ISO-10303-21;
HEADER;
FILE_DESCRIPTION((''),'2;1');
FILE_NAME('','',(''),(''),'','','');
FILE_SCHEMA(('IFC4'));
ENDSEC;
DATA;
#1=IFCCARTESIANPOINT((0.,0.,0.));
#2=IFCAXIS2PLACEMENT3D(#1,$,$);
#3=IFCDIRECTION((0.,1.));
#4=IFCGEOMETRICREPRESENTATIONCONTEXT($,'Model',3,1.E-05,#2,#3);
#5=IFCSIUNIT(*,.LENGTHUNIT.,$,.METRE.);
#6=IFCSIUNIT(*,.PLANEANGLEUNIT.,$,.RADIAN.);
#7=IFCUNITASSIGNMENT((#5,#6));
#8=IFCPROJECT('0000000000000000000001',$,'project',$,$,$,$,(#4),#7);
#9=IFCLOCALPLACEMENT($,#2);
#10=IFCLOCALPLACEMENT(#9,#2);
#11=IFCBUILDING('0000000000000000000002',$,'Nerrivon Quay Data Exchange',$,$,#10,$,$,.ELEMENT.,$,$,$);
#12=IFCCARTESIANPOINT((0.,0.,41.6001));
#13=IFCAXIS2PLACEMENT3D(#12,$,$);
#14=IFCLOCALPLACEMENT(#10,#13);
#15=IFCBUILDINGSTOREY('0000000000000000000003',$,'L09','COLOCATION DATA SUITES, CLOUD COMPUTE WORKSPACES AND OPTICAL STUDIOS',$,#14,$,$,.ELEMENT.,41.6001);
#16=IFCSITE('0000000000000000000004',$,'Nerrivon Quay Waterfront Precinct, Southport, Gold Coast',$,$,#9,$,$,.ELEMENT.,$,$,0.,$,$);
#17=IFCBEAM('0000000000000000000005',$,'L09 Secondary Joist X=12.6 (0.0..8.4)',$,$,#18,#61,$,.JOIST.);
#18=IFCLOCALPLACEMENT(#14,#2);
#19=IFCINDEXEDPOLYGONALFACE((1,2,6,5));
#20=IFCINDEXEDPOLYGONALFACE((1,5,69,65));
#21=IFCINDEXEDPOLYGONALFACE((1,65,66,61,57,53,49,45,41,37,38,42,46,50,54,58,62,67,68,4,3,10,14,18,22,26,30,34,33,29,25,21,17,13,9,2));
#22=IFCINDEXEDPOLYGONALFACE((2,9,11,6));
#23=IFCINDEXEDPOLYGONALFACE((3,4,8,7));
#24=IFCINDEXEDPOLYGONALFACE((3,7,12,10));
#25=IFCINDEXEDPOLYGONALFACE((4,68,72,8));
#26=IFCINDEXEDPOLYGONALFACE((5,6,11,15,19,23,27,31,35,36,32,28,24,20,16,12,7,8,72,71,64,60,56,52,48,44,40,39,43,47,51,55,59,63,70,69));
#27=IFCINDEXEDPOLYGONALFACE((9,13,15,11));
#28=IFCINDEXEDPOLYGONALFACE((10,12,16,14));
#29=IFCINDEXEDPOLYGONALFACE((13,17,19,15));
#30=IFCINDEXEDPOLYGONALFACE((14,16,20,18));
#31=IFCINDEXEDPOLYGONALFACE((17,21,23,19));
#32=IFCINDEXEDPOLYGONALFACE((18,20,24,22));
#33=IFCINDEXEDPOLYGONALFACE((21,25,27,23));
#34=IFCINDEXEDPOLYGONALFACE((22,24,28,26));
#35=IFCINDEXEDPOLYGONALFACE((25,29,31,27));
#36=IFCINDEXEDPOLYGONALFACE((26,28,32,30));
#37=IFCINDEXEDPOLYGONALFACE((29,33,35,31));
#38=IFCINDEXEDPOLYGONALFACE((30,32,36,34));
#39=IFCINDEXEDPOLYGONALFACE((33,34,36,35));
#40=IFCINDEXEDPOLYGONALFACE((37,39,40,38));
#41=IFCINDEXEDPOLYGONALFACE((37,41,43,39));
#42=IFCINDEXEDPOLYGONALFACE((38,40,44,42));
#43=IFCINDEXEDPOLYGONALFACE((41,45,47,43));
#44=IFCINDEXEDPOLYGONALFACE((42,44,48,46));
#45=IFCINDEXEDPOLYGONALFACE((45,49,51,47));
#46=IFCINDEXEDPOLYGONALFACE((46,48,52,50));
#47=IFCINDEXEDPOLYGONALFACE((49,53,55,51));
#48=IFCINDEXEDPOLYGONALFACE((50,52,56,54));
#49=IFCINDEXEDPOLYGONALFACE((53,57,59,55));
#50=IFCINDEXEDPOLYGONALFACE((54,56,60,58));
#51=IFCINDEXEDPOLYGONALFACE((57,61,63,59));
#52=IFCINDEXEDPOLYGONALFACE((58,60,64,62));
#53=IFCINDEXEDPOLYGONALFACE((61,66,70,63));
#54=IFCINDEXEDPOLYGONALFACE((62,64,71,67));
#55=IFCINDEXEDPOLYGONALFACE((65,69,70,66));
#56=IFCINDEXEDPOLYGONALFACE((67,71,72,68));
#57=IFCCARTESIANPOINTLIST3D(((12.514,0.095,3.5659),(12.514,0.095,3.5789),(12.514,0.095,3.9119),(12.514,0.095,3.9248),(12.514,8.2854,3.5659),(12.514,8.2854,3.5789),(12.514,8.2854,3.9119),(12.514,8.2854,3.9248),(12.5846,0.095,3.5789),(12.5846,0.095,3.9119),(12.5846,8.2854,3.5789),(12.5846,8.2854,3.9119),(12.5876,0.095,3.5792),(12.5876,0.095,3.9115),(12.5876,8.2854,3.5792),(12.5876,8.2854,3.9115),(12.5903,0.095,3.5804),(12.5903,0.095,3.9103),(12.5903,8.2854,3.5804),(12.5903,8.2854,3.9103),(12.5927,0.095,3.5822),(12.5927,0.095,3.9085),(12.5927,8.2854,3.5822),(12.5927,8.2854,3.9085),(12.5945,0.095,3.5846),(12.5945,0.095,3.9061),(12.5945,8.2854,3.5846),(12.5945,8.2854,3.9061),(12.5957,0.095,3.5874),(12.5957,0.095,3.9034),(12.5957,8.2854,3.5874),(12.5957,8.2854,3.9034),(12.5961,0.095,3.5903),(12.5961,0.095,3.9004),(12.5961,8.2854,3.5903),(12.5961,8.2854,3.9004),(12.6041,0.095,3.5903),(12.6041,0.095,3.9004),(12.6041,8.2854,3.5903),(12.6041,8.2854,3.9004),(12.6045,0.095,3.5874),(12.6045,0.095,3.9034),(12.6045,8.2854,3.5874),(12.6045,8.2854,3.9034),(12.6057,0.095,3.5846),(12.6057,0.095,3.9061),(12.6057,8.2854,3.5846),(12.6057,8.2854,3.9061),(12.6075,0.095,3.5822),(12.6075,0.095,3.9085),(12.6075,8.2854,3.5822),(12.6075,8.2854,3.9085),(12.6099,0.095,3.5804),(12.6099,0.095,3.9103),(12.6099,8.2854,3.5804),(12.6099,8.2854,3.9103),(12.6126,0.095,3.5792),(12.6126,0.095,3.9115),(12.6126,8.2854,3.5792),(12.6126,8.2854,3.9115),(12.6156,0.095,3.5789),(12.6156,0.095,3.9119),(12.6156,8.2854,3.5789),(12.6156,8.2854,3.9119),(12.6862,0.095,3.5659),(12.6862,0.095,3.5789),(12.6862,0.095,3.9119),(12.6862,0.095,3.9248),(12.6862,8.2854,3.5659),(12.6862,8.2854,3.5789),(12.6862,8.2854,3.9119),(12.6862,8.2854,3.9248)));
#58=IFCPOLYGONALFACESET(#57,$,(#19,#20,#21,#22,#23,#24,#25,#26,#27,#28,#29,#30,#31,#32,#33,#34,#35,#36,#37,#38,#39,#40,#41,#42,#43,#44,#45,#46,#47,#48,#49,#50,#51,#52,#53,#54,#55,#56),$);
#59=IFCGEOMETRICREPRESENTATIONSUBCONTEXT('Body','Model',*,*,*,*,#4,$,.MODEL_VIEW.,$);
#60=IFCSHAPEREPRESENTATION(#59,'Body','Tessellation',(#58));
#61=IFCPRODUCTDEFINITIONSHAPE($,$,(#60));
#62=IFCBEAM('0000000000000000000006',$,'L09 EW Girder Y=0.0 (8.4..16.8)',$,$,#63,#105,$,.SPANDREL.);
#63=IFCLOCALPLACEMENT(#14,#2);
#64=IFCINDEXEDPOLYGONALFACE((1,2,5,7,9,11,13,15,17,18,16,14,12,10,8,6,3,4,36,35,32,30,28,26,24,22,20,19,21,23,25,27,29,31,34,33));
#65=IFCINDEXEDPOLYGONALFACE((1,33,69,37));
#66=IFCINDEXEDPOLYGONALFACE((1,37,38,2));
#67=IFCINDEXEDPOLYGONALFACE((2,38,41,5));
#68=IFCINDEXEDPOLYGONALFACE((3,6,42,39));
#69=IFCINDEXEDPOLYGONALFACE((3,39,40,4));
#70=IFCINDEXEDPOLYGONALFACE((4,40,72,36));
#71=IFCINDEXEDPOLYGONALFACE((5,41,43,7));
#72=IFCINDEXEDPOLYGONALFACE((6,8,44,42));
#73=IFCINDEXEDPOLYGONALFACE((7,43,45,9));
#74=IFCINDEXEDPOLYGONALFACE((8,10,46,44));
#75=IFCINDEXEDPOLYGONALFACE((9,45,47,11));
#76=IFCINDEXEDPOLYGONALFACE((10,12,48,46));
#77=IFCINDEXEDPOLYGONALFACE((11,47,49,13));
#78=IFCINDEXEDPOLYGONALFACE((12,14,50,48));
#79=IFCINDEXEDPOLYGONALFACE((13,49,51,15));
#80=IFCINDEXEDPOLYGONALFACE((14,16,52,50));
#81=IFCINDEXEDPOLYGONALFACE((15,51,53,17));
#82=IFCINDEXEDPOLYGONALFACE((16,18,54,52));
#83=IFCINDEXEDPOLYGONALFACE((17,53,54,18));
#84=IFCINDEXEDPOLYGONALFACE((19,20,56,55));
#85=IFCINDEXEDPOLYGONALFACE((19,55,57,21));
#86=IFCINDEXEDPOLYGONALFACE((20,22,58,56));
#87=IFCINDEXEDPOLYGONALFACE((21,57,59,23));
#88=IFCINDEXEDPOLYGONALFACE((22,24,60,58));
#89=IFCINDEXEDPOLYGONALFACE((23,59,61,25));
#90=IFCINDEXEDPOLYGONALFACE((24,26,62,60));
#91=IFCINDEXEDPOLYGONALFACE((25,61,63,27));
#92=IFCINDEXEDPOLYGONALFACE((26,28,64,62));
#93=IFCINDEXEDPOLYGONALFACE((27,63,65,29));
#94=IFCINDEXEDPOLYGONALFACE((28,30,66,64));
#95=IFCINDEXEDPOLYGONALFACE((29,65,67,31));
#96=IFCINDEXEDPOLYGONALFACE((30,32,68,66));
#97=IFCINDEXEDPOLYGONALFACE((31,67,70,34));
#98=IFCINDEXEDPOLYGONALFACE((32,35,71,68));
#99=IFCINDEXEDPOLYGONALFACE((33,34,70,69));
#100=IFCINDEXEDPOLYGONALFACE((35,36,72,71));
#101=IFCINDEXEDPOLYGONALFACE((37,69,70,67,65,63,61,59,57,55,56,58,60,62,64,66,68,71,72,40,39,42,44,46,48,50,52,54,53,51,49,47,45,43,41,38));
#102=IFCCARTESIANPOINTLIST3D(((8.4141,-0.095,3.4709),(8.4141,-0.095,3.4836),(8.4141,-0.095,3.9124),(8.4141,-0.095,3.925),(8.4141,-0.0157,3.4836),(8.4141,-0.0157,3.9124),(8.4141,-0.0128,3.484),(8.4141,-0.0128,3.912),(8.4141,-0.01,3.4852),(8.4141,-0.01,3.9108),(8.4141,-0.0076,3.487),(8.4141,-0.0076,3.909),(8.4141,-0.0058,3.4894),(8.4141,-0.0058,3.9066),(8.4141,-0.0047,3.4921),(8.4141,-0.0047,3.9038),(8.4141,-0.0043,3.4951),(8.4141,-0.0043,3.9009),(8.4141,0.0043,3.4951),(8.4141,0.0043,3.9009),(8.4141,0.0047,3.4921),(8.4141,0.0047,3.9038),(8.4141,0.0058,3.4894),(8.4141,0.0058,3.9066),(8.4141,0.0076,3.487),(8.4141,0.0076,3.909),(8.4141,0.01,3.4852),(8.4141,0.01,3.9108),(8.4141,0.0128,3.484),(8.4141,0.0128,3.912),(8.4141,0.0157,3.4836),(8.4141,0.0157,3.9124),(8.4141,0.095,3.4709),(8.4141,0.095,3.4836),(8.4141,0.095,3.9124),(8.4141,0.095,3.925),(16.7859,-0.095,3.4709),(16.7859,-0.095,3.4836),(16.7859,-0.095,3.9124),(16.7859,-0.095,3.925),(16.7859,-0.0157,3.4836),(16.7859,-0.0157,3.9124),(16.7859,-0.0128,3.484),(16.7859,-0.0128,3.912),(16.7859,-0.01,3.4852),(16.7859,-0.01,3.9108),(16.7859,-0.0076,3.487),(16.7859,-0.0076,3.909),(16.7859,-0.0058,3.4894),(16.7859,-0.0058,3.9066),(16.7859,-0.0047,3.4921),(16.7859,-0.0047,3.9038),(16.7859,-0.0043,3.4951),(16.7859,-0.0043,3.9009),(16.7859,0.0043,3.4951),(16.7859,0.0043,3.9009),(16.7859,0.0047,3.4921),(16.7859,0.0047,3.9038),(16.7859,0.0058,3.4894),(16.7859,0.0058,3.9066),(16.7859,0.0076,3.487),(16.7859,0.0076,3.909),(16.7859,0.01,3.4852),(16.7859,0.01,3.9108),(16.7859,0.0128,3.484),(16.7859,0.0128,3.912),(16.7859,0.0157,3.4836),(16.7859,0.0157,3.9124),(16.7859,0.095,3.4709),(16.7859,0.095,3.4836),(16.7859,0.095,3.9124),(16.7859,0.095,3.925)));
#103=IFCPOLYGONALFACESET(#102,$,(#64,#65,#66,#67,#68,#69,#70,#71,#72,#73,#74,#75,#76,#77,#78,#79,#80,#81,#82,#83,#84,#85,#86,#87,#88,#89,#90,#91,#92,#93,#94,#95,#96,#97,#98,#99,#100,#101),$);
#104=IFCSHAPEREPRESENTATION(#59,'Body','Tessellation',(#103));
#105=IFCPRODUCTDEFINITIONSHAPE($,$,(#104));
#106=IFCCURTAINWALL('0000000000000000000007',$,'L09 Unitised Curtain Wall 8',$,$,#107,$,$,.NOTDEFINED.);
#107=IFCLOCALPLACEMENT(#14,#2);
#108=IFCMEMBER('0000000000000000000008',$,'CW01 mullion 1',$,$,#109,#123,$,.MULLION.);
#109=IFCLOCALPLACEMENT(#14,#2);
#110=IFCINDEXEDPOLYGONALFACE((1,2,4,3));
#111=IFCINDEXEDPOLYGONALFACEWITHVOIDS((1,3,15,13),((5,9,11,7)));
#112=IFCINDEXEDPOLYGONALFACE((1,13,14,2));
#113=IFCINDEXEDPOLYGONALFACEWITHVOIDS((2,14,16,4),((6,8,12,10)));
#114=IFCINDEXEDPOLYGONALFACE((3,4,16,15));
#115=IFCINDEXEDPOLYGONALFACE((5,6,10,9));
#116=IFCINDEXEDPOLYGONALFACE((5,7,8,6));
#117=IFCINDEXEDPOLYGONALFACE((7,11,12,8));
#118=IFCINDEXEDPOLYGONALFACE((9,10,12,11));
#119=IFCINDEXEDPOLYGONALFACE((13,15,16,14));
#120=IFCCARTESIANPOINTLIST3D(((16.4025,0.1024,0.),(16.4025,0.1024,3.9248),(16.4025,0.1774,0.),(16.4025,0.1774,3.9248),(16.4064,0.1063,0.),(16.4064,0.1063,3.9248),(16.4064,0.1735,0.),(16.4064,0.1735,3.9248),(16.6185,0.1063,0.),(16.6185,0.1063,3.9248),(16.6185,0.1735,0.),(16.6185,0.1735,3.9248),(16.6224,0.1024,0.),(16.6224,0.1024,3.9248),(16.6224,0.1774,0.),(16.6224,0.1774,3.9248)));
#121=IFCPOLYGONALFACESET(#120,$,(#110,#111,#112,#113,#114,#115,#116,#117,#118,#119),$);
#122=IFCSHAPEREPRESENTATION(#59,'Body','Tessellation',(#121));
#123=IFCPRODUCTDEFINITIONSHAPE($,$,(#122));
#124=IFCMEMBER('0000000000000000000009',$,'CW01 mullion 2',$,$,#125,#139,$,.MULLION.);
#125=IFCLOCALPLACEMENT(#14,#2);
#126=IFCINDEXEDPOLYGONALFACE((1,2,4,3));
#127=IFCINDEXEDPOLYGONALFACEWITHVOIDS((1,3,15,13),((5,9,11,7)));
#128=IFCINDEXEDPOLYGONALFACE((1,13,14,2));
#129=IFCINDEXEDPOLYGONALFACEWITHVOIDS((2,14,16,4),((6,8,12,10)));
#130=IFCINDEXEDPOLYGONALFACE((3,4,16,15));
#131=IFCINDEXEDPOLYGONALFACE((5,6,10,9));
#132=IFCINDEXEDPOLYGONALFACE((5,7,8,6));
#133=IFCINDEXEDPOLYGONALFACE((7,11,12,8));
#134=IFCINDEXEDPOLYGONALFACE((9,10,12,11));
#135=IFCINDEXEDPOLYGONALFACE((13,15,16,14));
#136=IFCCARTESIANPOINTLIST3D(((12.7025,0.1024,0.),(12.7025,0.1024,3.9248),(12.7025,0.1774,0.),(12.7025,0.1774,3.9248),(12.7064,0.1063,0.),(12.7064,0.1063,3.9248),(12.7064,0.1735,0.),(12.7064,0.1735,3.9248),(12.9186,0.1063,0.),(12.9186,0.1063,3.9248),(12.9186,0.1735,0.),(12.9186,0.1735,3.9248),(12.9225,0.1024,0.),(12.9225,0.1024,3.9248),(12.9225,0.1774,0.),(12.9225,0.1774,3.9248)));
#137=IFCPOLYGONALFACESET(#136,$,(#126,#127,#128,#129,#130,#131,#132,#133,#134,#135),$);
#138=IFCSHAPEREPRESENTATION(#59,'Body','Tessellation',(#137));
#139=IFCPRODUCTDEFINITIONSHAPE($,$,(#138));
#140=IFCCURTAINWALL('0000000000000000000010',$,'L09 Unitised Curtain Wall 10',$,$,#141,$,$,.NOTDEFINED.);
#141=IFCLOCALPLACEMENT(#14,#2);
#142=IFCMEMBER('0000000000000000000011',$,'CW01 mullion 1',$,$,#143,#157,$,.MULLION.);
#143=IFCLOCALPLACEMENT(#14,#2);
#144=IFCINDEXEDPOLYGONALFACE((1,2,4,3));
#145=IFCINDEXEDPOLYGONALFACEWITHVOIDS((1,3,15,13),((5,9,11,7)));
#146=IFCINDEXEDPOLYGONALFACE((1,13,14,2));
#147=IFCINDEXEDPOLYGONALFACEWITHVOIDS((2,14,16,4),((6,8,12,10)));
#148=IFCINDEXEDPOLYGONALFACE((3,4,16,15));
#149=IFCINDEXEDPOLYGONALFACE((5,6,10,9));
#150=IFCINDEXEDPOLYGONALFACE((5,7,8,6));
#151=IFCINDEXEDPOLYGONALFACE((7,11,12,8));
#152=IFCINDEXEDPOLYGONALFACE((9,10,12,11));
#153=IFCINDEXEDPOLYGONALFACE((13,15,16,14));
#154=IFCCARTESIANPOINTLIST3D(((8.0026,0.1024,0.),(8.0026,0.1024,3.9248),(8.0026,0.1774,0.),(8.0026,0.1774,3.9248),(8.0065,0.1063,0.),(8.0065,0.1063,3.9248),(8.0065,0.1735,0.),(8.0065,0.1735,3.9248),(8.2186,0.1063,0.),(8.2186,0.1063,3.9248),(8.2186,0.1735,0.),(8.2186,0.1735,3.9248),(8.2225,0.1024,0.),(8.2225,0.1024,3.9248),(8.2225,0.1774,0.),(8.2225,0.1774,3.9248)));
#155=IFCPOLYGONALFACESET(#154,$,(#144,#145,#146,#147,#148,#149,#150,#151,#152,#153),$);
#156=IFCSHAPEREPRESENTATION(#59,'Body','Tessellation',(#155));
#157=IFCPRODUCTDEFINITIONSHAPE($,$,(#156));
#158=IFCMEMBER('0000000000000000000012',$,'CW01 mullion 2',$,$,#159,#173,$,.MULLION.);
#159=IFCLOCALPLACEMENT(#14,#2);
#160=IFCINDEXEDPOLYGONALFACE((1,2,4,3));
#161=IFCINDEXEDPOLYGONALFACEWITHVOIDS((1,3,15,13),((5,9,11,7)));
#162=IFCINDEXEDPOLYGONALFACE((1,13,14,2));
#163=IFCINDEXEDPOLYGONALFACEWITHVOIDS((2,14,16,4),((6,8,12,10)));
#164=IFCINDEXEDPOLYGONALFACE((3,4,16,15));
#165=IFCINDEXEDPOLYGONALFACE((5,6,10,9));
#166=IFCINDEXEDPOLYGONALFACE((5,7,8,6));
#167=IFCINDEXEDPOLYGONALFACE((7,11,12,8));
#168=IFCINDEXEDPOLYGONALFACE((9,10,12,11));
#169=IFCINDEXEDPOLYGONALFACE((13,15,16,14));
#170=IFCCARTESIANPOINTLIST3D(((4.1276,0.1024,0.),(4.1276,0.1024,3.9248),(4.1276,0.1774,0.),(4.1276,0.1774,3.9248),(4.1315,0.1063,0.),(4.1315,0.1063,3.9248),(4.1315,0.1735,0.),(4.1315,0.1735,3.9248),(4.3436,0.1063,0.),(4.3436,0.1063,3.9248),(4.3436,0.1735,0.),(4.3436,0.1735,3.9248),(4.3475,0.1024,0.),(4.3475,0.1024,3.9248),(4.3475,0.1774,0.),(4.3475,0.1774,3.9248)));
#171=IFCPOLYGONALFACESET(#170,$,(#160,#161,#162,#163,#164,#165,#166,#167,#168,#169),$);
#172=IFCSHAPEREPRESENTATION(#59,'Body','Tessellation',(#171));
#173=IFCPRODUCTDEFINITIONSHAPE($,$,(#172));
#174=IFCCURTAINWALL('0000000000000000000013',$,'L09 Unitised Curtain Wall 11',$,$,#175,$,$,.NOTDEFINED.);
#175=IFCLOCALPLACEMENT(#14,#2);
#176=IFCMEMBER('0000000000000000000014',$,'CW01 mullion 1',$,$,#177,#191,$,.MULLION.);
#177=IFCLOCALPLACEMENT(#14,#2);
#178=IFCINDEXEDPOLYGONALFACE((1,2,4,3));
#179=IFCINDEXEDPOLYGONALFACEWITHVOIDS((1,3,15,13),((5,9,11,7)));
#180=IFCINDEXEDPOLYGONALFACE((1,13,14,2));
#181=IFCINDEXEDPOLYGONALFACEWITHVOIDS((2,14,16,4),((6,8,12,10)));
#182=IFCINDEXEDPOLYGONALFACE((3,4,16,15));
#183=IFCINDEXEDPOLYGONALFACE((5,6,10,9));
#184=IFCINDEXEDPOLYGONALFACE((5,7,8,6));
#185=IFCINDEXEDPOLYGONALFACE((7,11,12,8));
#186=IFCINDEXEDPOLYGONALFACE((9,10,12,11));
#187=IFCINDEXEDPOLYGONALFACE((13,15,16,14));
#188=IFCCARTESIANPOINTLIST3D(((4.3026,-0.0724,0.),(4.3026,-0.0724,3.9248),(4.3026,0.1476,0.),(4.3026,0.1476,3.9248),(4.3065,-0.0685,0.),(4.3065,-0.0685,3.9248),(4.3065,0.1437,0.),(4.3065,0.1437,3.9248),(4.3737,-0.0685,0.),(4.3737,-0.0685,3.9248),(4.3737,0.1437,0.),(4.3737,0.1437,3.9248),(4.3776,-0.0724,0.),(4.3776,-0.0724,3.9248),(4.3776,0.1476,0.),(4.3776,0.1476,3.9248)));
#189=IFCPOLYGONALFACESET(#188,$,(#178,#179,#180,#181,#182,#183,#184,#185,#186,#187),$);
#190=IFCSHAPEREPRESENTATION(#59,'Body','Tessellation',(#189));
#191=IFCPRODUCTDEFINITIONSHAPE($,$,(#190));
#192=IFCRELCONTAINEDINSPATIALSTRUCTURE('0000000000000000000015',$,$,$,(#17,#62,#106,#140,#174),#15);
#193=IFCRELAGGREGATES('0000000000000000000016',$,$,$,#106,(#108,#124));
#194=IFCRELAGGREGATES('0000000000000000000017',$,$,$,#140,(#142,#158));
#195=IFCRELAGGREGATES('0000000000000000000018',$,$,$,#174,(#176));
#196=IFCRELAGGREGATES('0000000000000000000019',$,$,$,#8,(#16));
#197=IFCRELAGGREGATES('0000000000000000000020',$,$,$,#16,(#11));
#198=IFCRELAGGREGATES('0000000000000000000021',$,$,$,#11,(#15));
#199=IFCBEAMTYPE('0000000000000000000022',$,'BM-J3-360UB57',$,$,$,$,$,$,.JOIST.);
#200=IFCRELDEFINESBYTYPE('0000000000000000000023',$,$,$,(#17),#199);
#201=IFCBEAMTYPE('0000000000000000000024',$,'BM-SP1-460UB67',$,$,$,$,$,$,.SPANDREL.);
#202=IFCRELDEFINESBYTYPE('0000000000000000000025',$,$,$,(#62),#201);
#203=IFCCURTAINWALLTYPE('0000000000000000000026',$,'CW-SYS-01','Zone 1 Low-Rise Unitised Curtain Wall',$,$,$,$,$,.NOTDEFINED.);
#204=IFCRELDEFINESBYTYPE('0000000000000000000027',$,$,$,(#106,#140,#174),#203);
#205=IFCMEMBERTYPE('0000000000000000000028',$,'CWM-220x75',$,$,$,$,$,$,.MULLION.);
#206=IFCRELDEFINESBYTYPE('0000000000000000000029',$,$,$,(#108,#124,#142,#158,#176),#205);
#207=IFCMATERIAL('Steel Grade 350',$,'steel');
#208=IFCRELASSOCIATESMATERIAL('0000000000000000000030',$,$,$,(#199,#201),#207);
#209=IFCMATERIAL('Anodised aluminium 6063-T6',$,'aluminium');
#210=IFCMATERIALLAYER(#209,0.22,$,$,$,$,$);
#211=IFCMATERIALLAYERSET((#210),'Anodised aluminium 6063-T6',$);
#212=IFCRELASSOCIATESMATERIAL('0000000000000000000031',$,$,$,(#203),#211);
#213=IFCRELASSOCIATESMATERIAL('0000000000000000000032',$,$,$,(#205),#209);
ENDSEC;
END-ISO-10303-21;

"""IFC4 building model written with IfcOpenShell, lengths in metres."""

from ifc_helpers import new_model, si_unit, direction, frame, origin, origin_2d, place, context, subcontext, project, spatial, hollow_rectangle, i_section, extrude, material, layer, layer_set, material_profile, profile_set, type_object, element, aggregate, save


model = new_model("IFC4")

# Units and contexts
model_context = context("Model", 3, precision=1e-05, world=origin(), true_north=direction((0.0, 1.0)))
body_context = subcontext(model_context, "Body", "Model", "MODEL_VIEW")
ifc_project = project(units=[si_unit("LENGTHUNIT", "METRE"), si_unit("PLANEANGLEUNIT", "RADIAN")], contexts=[model_context])

# Site, building, storey
site_placement = place(None, origin())
site = spatial("IfcSite", under=ifc_project, at=site_placement, Name="Nerrivon Quay Waterfront Precinct, Southport, Gold Coast", CompositionType="ELEMENT", RefElevation=0.0)
building_placement = place(site_placement, origin())
building = spatial("IfcBuilding", under=site, at=building_placement, Name="Nerrivon Quay Data Exchange", CompositionType="ELEMENT")
storey_placement = place(building_placement, frame((0.0, 0.0, 41.6001)))
storey = spatial("IfcBuildingStorey", under=building, at=storey_placement, Name="L09", Description="COLOCATION DATA SUITES, CLOUD COMPUTE WORKSPACES AND OPTICAL STUDIOS", CompositionType="ELEMENT", Elevation=41.6001)

# Shared definitions
ifc_material_1 = material(Name="Steel Grade 350", Category="steel")

# Beams
ifc_material_profile_1 = material_profile(ifc_material_1, i_section(OverallWidth=0.1721, OverallDepth=0.3589, WebThickness=0.0081, FlangeThickness=0.0129, FilletRadius=0.0115, at=origin_2d()), Name="360UB56.7")
ifc_profile_set_1 = profile_set([ifc_material_profile_1], Name="Steel Grade 350")
beam_type_1 = type_object("IfcBeamType", Name="BM-J3-360UB57", PredefinedType="JOIST", material=ifc_profile_set_1)
beam_1_placement = place(storey_placement, frame((12.6001, 0.095, 3.7454), z_axis=(0.0, 1.0, 0.0), x_axis=(-1.0, 0.0, 0.0)))
element("IfcBeam", 1, at=beam_1_placement, inside=storey, type_object=beam_type_1, Name="L09 Secondary Joist X=12.6 (0.0..8.4)", PredefinedType="JOIST", context=body_context, shape_type="SweptSolid", body=[
    extrude(i_section(OverallWidth=0.1721, OverallDepth=0.3589, WebThickness=0.0081, FlangeThickness=0.0129, FilletRadius=0.0115, at=origin_2d()), origin(), (0.0, 0.0, 1.0), 8.1904),
])
ifc_material_profile_2 = material_profile(ifc_material_1, i_section(OverallWidth=0.1899, OverallDepth=0.4541, WebThickness=0.0085, FlangeThickness=0.0127, FilletRadius=0.0115, at=origin_2d()), Name="460UB67.1")
ifc_profile_set_2 = profile_set([ifc_material_profile_2], Name="Steel Grade 350")
beam_type_2 = type_object("IfcBeamType", Name="BM-SP1-460UB67", PredefinedType="SPANDREL", material=ifc_profile_set_2)
beam_2_placement = place(storey_placement, frame((8.4141, 0.0, 3.698), z_axis=(1.0, 0.0, 0.0), x_axis=(0.0, 1.0, 0.0)))
element("IfcBeam", 2, at=beam_2_placement, inside=storey, type_object=beam_type_2, Name="L09 EW Girder Y=0.0 (8.4..16.8)", PredefinedType="SPANDREL", context=body_context, shape_type="SweptSolid", body=[
    extrude(i_section(OverallWidth=0.1899, OverallDepth=0.4541, WebThickness=0.0085, FlangeThickness=0.0127, FilletRadius=0.0115, at=origin_2d()), origin(), (0.0, 0.0, 1.0), 8.3718),
])

# Curtain walls, members
ifc_material_2 = material(Name="Anodised aluminium 6063-T6", Category="aluminium")
ifc_layer_1 = layer(ifc_material_2, 0.22)
ifc_layer_set_1 = layer_set([ifc_layer_1], Name="Anodised aluminium 6063-T6")
curtain_wall_type = type_object("IfcCurtainWallType", Name="CW-SYS-01", Description="Zone 1 Low-Rise Unitised Curtain Wall", PredefinedType="NOTDEFINED", material=ifc_layer_set_1)
curtain_wall_1_placement = place(storey_placement, origin())
curtain_wall_1 = element("IfcCurtainWall", 3, at=curtain_wall_1_placement, inside=storey, type_object=curtain_wall_type, Name="L09 Unitised Curtain Wall 8", PredefinedType="NOTDEFINED")
ifc_material_profile_3 = material_profile(ifc_material_2, hollow_rectangle(XDim=0.075, YDim=0.22, WallThickness=0.0039, at=origin_2d()), Name="ALU-MULL-220x75")
ifc_profile_set_3 = profile_set([ifc_material_profile_3], Name="Anodised aluminium 6063-T6")
member_type_1 = type_object("IfcMemberType", Name="CWM-220x75", PredefinedType="MULLION", material=ifc_profile_set_3)
member_1_placement = place(storey_placement, frame((16.5125, 0.1399, 0.0), z_axis=(0.0, 0.0, 1.0), x_axis=(0.0, -1.0, 0.0)))
member_1 = element("IfcMember", 4, at=member_1_placement, type_object=member_type_1, Name="CW01 mullion 1", PredefinedType="MULLION", context=body_context, shape_type="SweptSolid", body=[
    extrude(hollow_rectangle(XDim=0.075, YDim=0.22, WallThickness=0.0039, at=origin_2d()), origin(), (0.0, 0.0, 1.0), 3.9248),
])
member_2_placement = place(storey_placement, frame((12.8125, 0.1399, 0.0), z_axis=(0.0, 0.0, 1.0), x_axis=(0.0, -1.0, 0.0)))
member_2 = element("IfcMember", 5, at=member_2_placement, type_object=member_type_1, Name="CW01 mullion 2", PredefinedType="MULLION", context=body_context, shape_type="SweptSolid", body=[
    extrude(hollow_rectangle(XDim=0.075, YDim=0.22, WallThickness=0.0039, at=origin_2d()), origin(), (0.0, 0.0, 1.0), 3.9248),
])
curtain_wall_2_placement = place(storey_placement, origin())
curtain_wall_2 = element("IfcCurtainWall", 6, at=curtain_wall_2_placement, inside=storey, type_object=curtain_wall_type, Name="L09 Unitised Curtain Wall 10", PredefinedType="NOTDEFINED")
member_3_placement = place(storey_placement, frame((8.1125, 0.1399, 0.0), z_axis=(0.0, 0.0, 1.0), x_axis=(0.0, -1.0, 0.0)))
member_3 = element("IfcMember", 7, at=member_3_placement, type_object=member_type_1, Name="CW01 mullion 1", PredefinedType="MULLION", context=body_context, shape_type="SweptSolid", body=[
    extrude(hollow_rectangle(XDim=0.075, YDim=0.22, WallThickness=0.0039, at=origin_2d()), origin(), (0.0, 0.0, 1.0), 3.9248),
])
member_4_placement = place(storey_placement, frame((4.2375, 0.1399, 0.0), z_axis=(0.0, 0.0, 1.0), x_axis=(0.0, -1.0, 0.0)))
member_4 = element("IfcMember", 8, at=member_4_placement, type_object=member_type_1, Name="CW01 mullion 2", PredefinedType="MULLION", context=body_context, shape_type="SweptSolid", body=[
    extrude(hollow_rectangle(XDim=0.075, YDim=0.22, WallThickness=0.0039, at=origin_2d()), origin(), (0.0, 0.0, 1.0), 3.9248),
])

# Curtain wall, member
curtain_wall_3_placement = place(storey_placement, origin())
curtain_wall_3 = element("IfcCurtainWall", 9, at=curtain_wall_3_placement, inside=storey, type_object=curtain_wall_type, Name="L09 Unitised Curtain Wall 11", PredefinedType="NOTDEFINED")
member_5_placement = place(storey_placement, frame((4.3401, 0.0376, 0.0), z_axis=(0.0, 0.0, 1.0), x_axis=(-1.0, 0.0, 0.0)))
member_5 = element("IfcMember", 10, at=member_5_placement, type_object=member_type_1, Name="CW01 mullion 1", PredefinedType="MULLION", context=body_context, shape_type="SweptSolid", body=[
    extrude(hollow_rectangle(XDim=0.075, YDim=0.22, WallThickness=0.0039, at=origin_2d()), origin(), (0.0, 0.0, 1.0), 3.9248),
])

aggregate(curtain_wall_1, [member_1, member_2])
aggregate(curtain_wall_2, [member_3, member_4])
aggregate(curtain_wall_3, [member_5])

save(model, "model.ifc")
